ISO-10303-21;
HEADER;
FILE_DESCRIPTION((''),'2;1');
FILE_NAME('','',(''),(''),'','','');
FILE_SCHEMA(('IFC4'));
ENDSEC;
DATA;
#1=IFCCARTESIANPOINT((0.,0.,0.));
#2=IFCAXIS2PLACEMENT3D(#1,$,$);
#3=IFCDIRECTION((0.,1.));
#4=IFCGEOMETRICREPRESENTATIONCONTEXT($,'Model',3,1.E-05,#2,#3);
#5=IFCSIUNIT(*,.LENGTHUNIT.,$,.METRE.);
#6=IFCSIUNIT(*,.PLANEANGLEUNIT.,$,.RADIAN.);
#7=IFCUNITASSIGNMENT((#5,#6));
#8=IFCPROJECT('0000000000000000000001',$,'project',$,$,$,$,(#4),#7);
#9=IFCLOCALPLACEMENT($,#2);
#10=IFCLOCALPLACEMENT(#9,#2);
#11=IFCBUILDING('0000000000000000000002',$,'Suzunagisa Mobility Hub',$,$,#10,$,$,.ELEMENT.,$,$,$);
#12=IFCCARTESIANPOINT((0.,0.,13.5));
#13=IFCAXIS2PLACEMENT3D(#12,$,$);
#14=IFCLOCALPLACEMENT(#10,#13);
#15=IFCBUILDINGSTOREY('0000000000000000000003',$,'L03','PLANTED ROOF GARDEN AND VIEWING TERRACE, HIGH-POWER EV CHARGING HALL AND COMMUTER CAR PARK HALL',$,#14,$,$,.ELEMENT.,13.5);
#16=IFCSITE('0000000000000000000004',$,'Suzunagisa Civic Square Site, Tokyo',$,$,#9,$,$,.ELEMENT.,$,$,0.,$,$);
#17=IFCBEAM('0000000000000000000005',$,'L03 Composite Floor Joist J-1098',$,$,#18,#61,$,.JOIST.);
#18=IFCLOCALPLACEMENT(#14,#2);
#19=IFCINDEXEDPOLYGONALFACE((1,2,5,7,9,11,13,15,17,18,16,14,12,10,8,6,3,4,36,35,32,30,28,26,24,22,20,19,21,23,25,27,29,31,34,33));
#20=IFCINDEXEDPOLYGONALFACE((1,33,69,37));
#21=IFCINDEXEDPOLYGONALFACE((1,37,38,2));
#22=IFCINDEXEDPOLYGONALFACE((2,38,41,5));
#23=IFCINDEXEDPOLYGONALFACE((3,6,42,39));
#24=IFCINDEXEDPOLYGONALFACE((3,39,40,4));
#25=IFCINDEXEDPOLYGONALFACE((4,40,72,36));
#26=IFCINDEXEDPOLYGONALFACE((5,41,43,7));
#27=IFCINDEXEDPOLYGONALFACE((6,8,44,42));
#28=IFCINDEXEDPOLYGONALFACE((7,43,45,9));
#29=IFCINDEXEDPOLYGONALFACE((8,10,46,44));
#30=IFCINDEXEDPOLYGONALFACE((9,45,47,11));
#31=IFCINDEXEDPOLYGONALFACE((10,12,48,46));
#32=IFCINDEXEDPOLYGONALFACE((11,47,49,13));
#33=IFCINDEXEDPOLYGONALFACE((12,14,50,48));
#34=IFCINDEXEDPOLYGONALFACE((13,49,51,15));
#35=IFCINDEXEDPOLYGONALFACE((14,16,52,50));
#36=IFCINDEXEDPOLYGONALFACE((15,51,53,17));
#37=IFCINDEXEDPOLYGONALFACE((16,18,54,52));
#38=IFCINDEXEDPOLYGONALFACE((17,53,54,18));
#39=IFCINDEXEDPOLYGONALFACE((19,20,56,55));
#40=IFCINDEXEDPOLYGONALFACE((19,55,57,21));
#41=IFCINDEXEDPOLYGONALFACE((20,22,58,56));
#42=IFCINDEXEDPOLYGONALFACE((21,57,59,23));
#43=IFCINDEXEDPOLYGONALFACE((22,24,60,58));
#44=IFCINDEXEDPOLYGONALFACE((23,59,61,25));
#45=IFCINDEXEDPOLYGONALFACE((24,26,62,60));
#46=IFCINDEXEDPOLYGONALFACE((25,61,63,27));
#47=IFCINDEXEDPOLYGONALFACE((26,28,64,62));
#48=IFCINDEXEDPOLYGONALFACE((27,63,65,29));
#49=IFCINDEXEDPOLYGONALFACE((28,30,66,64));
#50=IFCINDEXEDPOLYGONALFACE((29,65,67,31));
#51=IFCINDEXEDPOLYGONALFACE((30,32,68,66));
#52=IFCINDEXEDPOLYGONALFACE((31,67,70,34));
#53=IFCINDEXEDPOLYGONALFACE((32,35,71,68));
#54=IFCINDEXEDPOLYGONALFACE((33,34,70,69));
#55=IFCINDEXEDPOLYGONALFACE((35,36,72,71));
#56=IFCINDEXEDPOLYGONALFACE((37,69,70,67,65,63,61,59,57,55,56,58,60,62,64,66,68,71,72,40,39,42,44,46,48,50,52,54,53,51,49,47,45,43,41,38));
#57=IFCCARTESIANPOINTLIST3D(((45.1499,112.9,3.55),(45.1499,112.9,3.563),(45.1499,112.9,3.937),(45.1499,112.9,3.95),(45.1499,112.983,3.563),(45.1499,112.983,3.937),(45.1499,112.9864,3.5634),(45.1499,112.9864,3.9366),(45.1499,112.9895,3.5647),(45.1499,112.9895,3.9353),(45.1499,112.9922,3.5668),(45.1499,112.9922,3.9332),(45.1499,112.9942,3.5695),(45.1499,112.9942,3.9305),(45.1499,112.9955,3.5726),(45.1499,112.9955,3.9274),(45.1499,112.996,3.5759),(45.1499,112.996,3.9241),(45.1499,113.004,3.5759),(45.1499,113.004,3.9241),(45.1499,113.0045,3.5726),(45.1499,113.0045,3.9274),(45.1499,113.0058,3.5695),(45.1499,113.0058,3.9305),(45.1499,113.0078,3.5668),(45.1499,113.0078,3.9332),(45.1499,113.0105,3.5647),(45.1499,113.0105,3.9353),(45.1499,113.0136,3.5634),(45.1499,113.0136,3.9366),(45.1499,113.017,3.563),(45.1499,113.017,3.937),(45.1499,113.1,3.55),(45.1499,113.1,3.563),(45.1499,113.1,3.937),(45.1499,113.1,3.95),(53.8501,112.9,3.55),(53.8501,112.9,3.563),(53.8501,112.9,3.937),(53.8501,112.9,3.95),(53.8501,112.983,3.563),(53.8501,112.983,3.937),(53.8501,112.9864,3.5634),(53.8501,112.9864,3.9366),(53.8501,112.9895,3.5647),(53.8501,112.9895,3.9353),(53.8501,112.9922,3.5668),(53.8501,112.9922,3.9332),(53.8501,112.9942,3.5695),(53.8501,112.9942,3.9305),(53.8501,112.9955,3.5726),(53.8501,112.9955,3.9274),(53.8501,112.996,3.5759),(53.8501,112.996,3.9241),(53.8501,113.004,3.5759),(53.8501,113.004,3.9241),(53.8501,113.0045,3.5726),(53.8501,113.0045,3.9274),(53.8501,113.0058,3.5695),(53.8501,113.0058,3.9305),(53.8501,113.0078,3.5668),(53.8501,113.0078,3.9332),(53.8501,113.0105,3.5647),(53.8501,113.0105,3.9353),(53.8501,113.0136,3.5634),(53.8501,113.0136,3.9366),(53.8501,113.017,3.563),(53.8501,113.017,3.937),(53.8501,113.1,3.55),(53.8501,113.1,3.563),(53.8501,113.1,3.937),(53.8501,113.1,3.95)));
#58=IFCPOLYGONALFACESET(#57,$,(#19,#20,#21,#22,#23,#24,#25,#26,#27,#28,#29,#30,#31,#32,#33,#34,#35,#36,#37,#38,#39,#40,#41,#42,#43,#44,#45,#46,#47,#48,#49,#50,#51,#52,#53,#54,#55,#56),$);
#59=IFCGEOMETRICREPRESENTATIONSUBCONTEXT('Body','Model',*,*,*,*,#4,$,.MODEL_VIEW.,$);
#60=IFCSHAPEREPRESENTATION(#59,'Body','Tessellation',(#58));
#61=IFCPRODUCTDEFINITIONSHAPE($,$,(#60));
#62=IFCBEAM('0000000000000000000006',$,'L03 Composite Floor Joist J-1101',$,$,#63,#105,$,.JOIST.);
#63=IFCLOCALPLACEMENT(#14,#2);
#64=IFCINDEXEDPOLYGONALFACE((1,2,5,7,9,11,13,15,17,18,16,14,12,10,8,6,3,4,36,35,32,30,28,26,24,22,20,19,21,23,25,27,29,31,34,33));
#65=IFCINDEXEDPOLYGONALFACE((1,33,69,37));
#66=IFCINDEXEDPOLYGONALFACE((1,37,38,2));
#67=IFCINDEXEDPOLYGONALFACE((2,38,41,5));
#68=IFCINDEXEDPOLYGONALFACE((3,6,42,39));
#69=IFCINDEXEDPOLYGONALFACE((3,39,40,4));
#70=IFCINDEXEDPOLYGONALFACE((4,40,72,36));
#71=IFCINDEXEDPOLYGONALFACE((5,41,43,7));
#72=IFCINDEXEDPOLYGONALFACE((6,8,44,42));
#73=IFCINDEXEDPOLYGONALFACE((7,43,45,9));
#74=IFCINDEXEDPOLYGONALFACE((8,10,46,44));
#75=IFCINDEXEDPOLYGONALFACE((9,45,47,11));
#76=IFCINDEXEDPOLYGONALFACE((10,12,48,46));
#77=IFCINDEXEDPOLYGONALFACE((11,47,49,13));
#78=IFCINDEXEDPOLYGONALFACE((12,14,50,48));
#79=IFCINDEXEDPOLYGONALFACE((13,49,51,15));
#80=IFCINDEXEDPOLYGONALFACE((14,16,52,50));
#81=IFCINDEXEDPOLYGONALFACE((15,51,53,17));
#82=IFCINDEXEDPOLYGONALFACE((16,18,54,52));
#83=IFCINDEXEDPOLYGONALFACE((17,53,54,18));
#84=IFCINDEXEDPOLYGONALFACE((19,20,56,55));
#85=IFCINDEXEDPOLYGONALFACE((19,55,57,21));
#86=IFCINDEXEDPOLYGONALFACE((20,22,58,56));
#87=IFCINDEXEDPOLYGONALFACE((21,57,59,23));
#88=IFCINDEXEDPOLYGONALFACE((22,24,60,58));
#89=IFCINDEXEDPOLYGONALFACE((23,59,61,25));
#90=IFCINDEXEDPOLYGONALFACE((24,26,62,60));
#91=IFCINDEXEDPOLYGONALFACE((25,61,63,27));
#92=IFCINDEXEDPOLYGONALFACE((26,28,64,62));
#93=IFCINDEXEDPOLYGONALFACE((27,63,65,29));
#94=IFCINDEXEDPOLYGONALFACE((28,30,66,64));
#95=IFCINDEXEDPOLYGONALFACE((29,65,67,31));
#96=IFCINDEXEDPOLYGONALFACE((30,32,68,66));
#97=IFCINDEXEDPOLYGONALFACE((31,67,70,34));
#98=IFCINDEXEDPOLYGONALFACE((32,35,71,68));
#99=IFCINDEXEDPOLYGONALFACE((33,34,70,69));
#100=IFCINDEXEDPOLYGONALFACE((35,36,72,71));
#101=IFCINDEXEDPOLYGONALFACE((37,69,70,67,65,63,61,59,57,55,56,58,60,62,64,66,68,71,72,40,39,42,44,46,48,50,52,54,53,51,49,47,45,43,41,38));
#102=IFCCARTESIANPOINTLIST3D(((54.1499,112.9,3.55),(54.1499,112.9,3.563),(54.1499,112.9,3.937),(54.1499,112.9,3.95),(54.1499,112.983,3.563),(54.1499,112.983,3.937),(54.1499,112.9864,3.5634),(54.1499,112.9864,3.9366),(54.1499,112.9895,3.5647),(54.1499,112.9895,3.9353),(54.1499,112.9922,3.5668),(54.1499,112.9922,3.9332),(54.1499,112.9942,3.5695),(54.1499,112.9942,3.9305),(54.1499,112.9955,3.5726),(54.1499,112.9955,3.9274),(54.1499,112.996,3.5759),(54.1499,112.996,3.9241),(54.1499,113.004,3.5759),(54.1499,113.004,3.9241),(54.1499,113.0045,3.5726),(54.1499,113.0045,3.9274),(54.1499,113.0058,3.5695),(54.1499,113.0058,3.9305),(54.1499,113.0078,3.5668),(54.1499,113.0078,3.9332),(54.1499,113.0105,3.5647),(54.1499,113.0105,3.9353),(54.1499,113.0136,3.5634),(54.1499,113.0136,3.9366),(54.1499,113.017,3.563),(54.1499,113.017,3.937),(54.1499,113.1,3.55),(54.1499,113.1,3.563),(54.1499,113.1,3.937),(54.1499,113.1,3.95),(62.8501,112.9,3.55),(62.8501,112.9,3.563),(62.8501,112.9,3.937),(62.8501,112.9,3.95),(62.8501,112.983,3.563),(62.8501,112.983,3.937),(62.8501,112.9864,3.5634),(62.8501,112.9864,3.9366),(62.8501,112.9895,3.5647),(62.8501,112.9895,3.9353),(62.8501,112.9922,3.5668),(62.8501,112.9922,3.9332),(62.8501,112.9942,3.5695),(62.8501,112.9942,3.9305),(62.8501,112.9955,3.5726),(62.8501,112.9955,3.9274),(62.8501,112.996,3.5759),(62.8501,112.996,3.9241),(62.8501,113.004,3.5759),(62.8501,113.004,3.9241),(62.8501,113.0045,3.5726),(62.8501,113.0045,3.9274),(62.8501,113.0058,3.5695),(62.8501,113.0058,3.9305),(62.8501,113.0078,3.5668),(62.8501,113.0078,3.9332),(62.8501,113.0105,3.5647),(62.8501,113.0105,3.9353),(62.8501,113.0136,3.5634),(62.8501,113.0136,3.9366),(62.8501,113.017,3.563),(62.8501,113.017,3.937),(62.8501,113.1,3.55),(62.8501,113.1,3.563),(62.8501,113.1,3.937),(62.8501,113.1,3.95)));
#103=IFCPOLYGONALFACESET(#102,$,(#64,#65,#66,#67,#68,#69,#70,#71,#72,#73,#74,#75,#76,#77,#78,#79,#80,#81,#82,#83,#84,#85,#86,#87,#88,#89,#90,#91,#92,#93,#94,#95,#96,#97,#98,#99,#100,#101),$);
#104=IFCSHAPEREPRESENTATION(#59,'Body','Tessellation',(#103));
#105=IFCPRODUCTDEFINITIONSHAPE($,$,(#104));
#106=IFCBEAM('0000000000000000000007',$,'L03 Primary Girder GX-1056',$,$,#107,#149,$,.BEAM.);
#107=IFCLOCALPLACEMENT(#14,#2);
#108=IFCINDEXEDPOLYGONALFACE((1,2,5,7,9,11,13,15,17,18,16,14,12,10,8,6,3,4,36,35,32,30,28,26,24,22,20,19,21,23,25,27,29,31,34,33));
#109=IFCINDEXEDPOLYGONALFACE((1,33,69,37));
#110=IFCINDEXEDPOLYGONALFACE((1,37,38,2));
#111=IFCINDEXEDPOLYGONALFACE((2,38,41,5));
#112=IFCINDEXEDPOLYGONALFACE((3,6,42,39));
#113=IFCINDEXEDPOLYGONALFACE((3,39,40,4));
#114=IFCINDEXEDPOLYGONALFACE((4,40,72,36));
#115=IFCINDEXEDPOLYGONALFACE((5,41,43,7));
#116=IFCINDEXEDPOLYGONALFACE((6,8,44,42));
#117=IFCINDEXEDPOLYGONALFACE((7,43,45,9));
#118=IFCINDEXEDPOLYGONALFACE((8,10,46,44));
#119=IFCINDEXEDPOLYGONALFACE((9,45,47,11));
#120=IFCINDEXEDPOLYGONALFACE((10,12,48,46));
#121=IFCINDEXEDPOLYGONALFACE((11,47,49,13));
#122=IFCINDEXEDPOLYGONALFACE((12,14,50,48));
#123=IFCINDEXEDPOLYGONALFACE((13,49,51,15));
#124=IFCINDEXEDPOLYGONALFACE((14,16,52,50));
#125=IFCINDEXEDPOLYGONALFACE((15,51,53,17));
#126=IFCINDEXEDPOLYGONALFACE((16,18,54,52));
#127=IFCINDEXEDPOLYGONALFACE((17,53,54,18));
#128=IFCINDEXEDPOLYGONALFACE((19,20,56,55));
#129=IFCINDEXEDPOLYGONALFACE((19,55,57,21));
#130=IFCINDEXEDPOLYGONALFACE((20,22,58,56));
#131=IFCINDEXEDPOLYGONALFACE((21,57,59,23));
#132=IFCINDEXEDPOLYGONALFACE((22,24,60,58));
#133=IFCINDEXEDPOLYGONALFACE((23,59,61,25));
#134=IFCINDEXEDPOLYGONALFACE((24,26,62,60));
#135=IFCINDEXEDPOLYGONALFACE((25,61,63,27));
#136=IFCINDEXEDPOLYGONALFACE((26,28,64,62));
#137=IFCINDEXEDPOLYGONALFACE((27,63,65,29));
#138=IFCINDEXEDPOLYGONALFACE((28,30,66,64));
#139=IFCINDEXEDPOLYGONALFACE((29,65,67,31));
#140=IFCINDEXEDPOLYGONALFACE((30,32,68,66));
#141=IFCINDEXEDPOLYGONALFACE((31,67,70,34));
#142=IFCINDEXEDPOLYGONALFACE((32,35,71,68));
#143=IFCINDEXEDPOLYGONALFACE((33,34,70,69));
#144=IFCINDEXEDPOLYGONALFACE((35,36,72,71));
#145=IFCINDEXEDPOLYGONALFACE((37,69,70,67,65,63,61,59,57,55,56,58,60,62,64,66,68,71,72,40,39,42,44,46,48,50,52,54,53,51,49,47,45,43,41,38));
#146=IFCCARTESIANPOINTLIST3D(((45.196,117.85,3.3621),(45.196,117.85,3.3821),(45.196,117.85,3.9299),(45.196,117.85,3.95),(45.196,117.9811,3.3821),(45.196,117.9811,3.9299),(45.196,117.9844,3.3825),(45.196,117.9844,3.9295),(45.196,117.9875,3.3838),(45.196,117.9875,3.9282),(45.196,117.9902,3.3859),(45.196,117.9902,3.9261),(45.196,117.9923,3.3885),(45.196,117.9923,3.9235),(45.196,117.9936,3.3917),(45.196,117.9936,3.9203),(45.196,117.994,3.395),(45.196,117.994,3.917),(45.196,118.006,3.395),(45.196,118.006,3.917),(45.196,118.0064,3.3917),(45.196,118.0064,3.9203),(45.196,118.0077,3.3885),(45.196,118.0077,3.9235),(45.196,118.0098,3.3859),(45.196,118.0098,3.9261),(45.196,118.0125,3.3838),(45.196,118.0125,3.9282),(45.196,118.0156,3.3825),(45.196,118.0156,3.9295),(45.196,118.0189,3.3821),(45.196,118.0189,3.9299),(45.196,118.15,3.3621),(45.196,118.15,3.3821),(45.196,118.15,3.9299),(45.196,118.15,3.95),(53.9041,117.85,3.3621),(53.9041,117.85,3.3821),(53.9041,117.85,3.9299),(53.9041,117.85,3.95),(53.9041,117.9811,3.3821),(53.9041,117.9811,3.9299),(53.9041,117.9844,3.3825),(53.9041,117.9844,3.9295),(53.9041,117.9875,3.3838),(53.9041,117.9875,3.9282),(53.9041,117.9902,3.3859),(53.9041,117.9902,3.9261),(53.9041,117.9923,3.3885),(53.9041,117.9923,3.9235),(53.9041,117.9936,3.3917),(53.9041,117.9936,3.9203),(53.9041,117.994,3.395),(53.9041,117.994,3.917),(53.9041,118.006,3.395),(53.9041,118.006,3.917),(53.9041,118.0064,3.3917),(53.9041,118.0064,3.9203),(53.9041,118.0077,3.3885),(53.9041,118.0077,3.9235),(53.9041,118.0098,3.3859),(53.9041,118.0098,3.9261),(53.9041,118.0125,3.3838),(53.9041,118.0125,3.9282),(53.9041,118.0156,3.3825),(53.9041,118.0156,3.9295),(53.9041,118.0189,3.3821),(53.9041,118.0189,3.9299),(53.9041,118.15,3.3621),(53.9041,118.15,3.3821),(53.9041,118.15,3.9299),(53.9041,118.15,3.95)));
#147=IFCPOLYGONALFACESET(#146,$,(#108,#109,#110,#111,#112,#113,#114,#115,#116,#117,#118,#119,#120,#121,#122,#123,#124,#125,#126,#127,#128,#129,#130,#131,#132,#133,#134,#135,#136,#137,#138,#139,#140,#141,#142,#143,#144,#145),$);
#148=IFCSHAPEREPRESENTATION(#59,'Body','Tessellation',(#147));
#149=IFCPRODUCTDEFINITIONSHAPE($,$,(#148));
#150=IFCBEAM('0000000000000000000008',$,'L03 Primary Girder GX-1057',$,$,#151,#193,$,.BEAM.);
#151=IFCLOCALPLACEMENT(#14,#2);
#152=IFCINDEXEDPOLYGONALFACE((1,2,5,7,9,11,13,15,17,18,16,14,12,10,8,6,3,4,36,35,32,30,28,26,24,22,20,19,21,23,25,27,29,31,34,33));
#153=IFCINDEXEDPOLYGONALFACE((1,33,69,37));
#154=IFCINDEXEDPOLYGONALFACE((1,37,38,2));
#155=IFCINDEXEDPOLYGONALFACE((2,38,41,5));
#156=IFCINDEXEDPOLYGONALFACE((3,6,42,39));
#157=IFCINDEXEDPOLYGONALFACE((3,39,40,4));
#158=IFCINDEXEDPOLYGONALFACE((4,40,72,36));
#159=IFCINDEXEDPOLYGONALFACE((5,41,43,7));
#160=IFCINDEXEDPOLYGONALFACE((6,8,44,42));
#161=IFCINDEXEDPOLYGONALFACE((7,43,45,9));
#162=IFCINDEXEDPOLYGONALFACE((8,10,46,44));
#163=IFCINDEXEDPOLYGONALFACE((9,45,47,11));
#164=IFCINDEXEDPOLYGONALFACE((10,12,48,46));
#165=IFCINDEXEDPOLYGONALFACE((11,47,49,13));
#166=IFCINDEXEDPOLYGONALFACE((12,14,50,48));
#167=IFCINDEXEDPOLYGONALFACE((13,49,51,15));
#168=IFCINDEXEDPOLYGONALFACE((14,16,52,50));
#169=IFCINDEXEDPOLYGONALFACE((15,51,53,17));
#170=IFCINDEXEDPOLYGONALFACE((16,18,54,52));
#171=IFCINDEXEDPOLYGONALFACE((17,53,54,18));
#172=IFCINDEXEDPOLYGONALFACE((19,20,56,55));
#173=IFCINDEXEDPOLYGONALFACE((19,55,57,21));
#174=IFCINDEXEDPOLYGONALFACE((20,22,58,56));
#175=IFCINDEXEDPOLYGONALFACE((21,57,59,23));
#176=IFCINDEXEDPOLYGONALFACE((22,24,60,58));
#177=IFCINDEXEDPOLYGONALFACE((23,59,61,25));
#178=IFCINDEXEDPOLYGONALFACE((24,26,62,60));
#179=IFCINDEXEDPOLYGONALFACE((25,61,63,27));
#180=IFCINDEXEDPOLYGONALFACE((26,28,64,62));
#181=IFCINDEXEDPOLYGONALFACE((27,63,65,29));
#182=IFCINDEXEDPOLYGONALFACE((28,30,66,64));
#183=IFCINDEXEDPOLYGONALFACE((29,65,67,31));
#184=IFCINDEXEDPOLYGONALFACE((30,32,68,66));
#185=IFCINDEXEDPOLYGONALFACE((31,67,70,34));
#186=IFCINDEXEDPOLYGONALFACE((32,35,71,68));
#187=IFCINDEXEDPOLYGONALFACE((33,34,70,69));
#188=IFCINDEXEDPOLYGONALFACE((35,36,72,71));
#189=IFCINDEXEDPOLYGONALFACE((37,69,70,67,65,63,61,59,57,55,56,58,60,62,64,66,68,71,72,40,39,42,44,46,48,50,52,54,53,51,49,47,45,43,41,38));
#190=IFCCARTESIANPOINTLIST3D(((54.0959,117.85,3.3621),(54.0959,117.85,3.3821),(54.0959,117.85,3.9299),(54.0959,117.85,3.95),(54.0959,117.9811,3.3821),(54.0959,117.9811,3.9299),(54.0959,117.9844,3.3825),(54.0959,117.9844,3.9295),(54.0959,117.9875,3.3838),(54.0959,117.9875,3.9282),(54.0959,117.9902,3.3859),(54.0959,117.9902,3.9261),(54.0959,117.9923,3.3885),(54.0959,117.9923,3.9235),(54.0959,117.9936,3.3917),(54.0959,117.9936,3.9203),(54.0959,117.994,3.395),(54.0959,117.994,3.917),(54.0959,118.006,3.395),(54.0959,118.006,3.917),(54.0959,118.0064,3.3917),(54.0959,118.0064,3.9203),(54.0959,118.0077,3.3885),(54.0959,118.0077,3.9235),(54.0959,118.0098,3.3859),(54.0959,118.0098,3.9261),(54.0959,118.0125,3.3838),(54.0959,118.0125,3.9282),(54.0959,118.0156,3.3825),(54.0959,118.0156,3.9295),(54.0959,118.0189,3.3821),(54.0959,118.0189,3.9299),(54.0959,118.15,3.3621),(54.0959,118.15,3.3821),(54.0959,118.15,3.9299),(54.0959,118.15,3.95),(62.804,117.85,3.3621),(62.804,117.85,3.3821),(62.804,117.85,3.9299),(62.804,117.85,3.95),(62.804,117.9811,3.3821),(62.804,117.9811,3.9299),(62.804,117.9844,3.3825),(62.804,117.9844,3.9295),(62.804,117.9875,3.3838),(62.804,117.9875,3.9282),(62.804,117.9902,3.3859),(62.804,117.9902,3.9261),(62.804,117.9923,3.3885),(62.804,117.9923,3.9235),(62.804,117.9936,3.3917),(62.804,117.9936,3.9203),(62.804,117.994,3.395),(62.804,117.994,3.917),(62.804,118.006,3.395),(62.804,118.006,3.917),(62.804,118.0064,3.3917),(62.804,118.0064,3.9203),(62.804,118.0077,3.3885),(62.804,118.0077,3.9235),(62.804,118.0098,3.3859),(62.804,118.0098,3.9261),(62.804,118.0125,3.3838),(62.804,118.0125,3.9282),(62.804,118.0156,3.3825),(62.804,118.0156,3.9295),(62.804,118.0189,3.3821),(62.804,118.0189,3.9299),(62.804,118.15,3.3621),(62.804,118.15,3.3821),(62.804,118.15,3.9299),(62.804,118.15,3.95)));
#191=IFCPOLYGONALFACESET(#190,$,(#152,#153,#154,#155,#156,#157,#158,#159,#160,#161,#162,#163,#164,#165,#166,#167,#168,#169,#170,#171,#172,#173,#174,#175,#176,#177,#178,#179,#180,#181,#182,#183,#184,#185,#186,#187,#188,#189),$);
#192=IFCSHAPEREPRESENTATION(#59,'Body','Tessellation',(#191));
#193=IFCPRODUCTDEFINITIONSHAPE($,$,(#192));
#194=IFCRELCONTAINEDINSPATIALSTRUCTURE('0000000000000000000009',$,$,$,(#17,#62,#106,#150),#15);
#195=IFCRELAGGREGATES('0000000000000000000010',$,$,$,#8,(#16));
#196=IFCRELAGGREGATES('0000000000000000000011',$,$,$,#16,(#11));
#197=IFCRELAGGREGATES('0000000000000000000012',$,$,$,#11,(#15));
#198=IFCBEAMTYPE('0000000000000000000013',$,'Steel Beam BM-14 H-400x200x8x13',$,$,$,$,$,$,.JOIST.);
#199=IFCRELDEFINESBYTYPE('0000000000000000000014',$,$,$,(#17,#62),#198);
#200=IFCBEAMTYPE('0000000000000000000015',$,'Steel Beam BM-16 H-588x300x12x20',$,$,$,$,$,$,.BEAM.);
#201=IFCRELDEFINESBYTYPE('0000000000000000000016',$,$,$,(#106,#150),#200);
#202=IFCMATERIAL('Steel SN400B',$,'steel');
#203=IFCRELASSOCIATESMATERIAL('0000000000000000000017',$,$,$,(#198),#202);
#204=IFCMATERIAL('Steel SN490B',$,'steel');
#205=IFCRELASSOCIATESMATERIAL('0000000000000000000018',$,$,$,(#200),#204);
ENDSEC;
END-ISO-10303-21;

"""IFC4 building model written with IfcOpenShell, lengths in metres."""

from ifc_helpers import new_model, si_unit, direction, frame, origin, origin_2d, place, context, subcontext, project, spatial, i_section, extrude, material, material_profile, profile_set, type_object, element, save


model = new_model("IFC4")

# Units and contexts
model_context = context("Model", 3, precision=1e-05, world=origin(), true_north=direction((0.0, 1.0)))
body_context = subcontext(model_context, "Body", "Model", "MODEL_VIEW")
ifc_project = project(units=[si_unit("LENGTHUNIT", "METRE"), si_unit("PLANEANGLEUNIT", "RADIAN")], contexts=[model_context])

# Site, building, storey
site_placement = place(None, origin())
site = spatial("IfcSite", under=ifc_project, at=site_placement, Name="Suzunagisa Civic Square Site, Tokyo", CompositionType="ELEMENT", RefElevation=0.0)
building_placement = place(site_placement, origin())
building = spatial("IfcBuilding", under=site, at=building_placement, Name="Suzunagisa Mobility Hub", CompositionType="ELEMENT")
storey_placement = place(building_placement, frame((0.0, 0.0, 13.5)))
storey = spatial("IfcBuildingStorey", under=building, at=storey_placement, Name="L03", Description="PLANTED ROOF GARDEN AND VIEWING TERRACE, HIGH-POWER EV CHARGING HALL AND COMMUTER CAR PARK HALL", CompositionType="ELEMENT", Elevation=13.5)

# Shared definitions
ifc_material_1 = material(Name="Steel SN490B", Category="steel")

# Beams
ifc_material_2 = material(Name="Steel SN400B", Category="steel")
ifc_material_profile_1 = material_profile(ifc_material_2, i_section(OverallWidth=0.2, OverallDepth=0.3999, WebThickness=0.0081, FlangeThickness=0.0129, FilletRadius=0.0129, at=origin_2d()), Name="H-400x200x8x13")
ifc_profile_set_1 = profile_set([ifc_material_profile_1], Name="Steel SN400B")
beam_type_1 = type_object("IfcBeamType", Name="Steel Beam BM-14 H-400x200x8x13", PredefinedType="JOIST", material=ifc_profile_set_1)
for number, where, z_axis, x_axis, name in (
    (1, (45.1499, 113.0, 3.75), (1.0, 0.0, 0.0), (0.0, 1.0, 0.0), "L03 Composite Floor Joist J-1098"),
    (2, (54.1499, 113.0, 3.75), (1.0, 0.0, 0.0), (0.0, 1.0, 0.0), "L03 Composite Floor Joist J-1101"),
):
    element("IfcBeam", number, at=place(storey_placement, frame(where, z_axis=z_axis, x_axis=x_axis)), inside=storey, type_object=beam_type_1, Name=name, PredefinedType="JOIST", context=body_context, shape_type="SweptSolid", body=[
        extrude(i_section(OverallWidth=0.2, OverallDepth=0.3999, WebThickness=0.0081, FlangeThickness=0.0129, FilletRadius=0.0129, at=origin_2d()), origin(), (0.0, 0.0, 1.0), 8.7002),
    ])
ifc_material_profile_2 = material_profile(ifc_material_1, i_section(OverallWidth=0.3, OverallDepth=0.5879, WebThickness=0.012, FlangeThickness=0.02, FilletRadius=0.0129, at=origin_2d()), Name="H-588x300x12x20")
ifc_profile_set_2 = profile_set([ifc_material_profile_2], Name="Steel SN490B")
beam_type_2 = type_object("IfcBeamType", Name="Steel Beam BM-16 H-588x300x12x20", PredefinedType="BEAM", material=ifc_profile_set_2)
for number, where, z_axis, x_axis, name in (
    (3, (45.196, 118.0, 3.656), (1.0, 0.0, 0.0), (0.0, 1.0, 0.0), "L03 Primary Girder GX-1056"),
    (4, (54.0959, 118.0, 3.656), (1.0, 0.0, 0.0), (0.0, 1.0, 0.0), "L03 Primary Girder GX-1057"),
):
    element("IfcBeam", number, at=place(storey_placement, frame(where, z_axis=z_axis, x_axis=x_axis)), inside=storey, type_object=beam_type_2, Name=name, PredefinedType="BEAM", context=body_context, shape_type="SweptSolid", body=[
        extrude(i_section(OverallWidth=0.3, OverallDepth=0.5879, WebThickness=0.012, FlangeThickness=0.02, FilletRadius=0.0129, at=origin_2d()), origin(), (0.0, 0.0, 1.0), 8.708),
    ])

save(model, "model.ifc")
